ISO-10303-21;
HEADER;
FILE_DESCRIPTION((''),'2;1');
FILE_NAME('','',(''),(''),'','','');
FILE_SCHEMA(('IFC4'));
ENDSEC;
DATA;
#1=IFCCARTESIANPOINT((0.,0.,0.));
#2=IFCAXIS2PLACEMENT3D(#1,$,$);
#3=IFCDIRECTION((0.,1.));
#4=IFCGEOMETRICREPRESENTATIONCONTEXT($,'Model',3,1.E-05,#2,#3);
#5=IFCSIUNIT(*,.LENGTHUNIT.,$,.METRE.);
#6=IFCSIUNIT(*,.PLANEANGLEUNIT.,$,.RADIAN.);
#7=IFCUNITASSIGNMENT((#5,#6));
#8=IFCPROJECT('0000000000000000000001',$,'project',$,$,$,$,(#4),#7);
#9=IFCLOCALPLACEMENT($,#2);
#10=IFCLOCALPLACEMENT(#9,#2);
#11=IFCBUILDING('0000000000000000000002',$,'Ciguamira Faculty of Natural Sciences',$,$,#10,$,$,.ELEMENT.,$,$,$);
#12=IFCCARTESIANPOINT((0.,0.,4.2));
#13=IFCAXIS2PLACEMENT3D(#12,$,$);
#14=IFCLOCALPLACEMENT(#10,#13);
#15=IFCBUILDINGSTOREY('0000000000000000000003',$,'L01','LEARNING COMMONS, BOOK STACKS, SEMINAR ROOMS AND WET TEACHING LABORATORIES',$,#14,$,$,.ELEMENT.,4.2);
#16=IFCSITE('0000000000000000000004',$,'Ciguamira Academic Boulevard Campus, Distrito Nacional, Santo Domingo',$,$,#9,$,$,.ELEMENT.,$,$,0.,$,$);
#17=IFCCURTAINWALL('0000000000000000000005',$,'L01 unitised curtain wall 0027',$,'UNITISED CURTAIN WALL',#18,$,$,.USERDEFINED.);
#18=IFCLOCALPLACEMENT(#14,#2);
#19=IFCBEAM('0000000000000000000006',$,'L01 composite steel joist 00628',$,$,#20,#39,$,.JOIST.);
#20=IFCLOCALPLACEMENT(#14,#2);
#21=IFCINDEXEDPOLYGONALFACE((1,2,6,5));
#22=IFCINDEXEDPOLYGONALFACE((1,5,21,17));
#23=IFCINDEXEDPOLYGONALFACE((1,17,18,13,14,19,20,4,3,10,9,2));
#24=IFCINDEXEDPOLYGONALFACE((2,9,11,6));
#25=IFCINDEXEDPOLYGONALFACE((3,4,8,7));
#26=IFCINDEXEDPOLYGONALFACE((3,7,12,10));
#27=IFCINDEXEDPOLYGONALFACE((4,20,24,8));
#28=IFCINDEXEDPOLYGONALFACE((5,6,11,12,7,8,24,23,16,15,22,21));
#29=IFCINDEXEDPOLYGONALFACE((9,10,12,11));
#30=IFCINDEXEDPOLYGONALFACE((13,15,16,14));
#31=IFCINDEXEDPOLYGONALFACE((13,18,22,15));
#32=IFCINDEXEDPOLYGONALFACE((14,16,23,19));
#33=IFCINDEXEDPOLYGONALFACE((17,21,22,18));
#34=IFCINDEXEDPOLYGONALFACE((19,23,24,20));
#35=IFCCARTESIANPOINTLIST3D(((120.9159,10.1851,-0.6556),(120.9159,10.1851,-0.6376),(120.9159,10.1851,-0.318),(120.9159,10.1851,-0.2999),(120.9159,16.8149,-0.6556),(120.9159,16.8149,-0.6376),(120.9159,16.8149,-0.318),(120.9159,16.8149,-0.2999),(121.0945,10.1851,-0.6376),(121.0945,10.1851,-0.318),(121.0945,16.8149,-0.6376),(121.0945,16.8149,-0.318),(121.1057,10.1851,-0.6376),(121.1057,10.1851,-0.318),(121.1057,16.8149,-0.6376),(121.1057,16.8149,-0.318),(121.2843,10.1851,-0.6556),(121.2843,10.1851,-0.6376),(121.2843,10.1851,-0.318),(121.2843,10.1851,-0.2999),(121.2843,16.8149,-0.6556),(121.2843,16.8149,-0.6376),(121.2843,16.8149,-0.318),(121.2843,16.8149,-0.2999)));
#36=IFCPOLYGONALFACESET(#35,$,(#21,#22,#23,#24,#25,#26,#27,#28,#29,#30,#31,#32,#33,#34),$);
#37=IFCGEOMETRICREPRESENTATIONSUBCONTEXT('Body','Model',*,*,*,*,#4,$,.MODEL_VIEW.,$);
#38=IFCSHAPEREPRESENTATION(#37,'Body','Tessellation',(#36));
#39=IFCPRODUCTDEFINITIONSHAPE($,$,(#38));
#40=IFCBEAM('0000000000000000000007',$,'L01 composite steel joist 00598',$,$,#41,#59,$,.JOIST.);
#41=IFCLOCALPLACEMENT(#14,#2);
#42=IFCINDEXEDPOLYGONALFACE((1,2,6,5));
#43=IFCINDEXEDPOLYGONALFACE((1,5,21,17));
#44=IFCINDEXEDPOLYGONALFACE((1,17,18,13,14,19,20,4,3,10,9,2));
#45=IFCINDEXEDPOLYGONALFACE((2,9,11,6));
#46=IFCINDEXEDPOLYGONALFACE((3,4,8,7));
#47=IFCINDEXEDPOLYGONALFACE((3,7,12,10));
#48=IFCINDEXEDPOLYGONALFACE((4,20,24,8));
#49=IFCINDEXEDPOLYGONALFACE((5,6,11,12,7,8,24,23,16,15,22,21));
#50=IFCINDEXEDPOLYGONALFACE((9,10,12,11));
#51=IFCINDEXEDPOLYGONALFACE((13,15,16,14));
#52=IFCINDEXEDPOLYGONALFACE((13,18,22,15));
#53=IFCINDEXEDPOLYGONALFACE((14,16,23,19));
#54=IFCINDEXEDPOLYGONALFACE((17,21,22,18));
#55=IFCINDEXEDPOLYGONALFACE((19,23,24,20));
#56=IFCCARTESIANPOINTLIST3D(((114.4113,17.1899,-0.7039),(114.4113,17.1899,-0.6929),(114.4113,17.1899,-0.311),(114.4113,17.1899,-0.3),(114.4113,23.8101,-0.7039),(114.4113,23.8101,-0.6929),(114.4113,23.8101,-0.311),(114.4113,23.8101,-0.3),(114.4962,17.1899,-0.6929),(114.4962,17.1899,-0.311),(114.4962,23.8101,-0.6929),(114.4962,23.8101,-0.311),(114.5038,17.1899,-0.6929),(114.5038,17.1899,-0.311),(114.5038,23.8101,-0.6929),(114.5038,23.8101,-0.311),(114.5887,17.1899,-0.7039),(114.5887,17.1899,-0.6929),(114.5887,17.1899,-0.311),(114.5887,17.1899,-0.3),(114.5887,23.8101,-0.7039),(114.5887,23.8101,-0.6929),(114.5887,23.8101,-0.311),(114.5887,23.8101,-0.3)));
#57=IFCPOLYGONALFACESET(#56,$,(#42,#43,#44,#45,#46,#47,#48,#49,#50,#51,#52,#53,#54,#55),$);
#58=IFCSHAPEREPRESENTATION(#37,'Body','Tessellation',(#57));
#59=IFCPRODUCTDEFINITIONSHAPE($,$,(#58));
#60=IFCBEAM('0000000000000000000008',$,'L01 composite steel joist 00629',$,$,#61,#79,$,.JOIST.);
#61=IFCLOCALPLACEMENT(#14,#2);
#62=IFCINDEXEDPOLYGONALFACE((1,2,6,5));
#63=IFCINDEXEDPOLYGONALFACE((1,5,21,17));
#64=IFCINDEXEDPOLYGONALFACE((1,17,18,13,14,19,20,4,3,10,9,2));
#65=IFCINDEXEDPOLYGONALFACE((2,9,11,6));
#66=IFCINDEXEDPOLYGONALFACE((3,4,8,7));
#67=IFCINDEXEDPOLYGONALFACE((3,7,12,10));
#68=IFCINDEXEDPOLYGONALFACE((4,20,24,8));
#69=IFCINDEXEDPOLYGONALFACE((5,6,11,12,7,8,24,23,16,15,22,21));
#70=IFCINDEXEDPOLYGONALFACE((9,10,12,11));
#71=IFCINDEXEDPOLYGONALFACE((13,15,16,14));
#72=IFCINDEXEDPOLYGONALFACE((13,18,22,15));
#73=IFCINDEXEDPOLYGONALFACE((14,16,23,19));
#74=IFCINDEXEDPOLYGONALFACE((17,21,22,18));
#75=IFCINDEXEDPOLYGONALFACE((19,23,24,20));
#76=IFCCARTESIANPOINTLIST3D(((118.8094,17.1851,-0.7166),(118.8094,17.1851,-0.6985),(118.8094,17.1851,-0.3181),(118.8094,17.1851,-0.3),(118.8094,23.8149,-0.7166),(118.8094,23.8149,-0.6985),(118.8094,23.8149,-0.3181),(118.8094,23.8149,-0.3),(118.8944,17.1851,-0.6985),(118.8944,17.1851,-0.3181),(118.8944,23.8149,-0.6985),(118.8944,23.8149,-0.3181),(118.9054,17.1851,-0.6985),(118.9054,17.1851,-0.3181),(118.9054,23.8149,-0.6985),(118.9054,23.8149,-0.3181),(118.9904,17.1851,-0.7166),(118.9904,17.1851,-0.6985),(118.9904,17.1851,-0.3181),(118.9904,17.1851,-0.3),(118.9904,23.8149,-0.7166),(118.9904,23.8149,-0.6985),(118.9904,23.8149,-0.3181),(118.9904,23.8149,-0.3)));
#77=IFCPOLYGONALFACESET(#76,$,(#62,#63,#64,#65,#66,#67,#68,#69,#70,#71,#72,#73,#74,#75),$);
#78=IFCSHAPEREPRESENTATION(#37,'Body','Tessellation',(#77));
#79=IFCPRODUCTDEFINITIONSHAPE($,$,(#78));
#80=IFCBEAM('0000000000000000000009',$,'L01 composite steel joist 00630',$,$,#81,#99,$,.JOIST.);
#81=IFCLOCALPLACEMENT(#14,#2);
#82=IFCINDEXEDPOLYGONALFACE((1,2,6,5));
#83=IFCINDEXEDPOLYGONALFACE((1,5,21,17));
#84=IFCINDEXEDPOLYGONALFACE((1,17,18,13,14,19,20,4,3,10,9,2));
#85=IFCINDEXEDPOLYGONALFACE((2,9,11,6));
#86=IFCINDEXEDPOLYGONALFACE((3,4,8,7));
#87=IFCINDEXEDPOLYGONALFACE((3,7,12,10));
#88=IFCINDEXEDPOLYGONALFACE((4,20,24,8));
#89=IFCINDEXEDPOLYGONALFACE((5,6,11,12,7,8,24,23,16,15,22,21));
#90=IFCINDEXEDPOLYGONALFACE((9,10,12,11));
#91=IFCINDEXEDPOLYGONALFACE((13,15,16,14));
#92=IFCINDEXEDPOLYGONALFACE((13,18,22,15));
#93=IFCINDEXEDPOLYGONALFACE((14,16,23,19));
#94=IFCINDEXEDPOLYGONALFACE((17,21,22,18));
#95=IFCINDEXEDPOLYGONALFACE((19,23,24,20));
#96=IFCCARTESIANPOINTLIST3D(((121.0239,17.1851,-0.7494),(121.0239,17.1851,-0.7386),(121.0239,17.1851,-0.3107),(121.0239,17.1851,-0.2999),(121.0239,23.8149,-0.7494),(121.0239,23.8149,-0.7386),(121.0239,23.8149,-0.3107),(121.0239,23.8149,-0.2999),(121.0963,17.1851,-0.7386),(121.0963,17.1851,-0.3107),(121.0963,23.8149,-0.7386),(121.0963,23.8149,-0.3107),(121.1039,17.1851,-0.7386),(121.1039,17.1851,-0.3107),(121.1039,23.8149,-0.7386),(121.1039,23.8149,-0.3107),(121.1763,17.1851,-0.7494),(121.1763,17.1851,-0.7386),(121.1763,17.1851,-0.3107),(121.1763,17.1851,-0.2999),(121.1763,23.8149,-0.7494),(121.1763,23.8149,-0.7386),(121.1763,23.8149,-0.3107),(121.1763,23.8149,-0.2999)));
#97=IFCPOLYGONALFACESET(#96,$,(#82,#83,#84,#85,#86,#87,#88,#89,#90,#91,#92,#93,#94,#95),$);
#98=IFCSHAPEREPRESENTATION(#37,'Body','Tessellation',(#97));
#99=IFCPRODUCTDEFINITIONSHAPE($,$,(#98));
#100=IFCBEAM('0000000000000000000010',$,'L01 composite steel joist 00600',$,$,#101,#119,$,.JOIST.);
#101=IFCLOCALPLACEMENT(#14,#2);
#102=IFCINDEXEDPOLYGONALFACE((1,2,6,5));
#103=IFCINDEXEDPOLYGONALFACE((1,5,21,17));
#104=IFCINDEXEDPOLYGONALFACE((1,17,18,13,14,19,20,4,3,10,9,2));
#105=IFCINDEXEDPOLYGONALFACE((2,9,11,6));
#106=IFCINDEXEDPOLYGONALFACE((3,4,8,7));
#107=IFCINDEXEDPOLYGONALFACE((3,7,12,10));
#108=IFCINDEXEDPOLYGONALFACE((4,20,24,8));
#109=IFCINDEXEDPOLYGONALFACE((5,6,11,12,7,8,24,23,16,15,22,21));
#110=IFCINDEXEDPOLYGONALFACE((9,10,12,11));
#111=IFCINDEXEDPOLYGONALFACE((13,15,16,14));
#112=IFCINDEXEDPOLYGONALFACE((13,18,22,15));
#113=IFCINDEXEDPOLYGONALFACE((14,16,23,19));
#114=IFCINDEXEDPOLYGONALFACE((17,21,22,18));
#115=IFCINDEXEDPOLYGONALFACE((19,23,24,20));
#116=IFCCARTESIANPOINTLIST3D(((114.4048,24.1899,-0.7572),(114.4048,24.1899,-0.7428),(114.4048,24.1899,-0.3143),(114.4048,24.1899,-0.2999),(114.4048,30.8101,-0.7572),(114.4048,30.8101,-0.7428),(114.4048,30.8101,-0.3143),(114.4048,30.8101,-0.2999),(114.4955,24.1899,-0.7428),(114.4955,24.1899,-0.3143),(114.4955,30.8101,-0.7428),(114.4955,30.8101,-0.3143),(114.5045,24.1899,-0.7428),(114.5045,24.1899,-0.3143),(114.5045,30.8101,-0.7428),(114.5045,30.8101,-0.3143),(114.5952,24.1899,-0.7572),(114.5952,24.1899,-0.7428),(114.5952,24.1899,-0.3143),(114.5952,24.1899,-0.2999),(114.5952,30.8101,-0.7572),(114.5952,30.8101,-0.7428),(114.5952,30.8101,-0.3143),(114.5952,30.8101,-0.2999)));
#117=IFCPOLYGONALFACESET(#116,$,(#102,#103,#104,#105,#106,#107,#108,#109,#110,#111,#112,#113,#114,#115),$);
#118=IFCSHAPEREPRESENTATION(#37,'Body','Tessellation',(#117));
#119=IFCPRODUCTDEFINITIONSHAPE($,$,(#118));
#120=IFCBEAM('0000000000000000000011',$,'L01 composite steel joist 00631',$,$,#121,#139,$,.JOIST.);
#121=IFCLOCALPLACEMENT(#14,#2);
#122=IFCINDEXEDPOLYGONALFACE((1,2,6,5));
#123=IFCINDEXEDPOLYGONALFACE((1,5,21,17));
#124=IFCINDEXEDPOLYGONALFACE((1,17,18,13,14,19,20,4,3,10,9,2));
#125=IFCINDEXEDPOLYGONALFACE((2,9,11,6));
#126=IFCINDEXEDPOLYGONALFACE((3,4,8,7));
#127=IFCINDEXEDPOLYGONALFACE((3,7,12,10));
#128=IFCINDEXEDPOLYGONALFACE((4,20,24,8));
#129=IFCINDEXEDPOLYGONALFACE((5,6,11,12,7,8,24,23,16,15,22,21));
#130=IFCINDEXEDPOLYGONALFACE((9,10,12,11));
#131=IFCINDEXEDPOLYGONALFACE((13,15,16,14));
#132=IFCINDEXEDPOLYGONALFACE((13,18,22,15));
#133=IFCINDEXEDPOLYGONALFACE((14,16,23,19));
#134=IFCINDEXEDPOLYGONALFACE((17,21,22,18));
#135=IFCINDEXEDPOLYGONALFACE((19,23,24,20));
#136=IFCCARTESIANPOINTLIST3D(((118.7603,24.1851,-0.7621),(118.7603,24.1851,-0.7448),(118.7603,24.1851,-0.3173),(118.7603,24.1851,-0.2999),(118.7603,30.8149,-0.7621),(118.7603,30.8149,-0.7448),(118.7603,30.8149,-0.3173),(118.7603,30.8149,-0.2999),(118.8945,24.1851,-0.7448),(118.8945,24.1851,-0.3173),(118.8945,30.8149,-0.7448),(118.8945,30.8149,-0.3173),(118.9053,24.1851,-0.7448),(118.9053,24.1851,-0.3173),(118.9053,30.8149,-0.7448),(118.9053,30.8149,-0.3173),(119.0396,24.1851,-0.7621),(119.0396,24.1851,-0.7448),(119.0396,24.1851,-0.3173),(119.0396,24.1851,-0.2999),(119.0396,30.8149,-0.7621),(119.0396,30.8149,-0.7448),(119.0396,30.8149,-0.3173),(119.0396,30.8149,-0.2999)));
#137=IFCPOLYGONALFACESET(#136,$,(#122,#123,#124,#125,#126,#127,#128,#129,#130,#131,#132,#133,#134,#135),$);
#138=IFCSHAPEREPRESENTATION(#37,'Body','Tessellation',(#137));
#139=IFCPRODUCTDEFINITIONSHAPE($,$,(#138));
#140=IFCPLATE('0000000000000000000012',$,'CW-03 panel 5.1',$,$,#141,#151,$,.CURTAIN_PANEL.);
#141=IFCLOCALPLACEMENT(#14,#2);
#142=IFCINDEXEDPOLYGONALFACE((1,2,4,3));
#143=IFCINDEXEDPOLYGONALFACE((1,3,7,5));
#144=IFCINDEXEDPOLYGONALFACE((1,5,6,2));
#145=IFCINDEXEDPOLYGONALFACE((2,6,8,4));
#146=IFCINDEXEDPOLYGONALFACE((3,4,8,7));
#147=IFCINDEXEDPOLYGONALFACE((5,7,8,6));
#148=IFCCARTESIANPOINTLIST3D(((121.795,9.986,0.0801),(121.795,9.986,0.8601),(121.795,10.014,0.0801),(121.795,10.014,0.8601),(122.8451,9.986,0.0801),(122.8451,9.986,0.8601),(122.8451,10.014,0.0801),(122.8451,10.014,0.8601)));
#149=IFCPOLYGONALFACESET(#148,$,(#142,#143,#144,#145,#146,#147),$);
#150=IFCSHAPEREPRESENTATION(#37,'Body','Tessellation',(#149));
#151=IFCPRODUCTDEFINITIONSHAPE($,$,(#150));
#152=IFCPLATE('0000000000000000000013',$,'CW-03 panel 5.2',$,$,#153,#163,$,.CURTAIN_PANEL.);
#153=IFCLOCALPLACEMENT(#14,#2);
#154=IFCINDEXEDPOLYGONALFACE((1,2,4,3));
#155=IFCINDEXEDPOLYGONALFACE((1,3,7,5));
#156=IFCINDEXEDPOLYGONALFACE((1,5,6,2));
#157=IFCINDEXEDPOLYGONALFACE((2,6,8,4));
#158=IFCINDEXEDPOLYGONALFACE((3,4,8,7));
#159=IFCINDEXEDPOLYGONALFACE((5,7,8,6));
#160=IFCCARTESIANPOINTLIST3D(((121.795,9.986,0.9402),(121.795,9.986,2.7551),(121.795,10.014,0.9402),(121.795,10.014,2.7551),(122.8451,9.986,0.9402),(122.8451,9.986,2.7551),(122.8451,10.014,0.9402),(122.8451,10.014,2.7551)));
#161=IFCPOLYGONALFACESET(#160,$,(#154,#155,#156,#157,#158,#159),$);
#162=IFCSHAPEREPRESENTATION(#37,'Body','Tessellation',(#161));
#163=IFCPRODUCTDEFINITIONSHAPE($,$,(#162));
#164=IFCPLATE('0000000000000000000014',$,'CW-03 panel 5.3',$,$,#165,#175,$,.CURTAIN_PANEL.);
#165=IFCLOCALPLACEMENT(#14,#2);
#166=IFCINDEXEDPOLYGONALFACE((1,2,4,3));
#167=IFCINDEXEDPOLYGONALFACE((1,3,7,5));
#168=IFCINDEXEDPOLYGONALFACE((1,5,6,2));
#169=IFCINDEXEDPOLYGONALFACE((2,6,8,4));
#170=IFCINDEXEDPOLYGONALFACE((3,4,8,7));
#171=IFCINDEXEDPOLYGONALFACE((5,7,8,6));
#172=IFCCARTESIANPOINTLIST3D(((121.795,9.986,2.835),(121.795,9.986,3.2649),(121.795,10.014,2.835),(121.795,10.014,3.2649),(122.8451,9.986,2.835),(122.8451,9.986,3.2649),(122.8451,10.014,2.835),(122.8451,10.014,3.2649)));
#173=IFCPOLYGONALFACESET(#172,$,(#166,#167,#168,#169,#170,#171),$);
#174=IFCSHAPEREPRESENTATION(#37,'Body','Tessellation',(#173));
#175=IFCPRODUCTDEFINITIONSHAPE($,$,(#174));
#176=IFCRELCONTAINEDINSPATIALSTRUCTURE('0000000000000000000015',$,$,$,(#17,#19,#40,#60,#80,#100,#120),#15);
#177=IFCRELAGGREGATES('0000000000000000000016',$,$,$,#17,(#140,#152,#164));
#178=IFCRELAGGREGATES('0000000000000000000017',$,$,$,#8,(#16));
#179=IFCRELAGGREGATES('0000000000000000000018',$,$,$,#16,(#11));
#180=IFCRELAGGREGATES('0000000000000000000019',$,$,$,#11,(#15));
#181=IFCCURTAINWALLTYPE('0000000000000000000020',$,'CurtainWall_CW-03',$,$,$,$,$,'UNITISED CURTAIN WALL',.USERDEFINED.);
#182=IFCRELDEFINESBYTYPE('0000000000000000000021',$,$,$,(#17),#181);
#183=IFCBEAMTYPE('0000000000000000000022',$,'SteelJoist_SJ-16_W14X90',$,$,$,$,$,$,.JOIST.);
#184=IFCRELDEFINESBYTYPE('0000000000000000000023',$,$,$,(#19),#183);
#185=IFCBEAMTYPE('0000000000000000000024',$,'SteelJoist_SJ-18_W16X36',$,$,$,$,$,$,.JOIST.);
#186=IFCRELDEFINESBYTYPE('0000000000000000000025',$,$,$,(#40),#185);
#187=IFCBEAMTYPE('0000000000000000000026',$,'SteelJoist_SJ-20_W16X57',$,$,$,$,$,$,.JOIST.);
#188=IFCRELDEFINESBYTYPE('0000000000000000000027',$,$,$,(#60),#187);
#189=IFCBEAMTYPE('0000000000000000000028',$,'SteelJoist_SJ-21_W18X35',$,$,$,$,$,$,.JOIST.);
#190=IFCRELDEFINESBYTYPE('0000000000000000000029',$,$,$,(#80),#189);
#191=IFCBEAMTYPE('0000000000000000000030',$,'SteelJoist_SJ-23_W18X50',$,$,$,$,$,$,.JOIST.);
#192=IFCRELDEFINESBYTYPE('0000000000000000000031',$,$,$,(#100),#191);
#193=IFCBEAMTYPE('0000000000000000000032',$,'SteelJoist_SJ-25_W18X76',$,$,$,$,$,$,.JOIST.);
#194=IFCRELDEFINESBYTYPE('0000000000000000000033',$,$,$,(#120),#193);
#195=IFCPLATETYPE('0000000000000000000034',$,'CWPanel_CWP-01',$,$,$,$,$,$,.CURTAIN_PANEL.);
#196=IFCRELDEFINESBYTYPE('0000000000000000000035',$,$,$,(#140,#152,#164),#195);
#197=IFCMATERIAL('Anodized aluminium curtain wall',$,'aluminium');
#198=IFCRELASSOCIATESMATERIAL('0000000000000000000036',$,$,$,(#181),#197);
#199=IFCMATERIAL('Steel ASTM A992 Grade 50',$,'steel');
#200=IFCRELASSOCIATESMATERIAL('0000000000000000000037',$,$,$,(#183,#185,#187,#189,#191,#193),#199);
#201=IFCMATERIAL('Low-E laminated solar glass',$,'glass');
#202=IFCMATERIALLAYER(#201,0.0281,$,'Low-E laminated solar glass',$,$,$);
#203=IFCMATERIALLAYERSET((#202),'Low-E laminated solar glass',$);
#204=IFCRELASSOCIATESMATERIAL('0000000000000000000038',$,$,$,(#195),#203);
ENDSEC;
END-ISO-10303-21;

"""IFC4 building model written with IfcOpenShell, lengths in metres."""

from ifc_helpers import new_model, si_unit, direction, frame, origin, origin_2d, place, context, subcontext, project, spatial, rectangle, i_section, extrude, material, layer, layer_set, material_profile, profile_set, type_object, element, aggregate, save


model = new_model("IFC4")

# Units and contexts
model_context = context("Model", 3, precision=1e-05, world=origin(), true_north=direction((0.0, 1.0)))
body_context = subcontext(model_context, "Body", "Model", "MODEL_VIEW")
ifc_project = project(units=[si_unit("LENGTHUNIT", "METRE"), si_unit("PLANEANGLEUNIT", "RADIAN")], contexts=[model_context])

# Site, building, storey
site_placement = place(None, origin())
site = spatial("IfcSite", under=ifc_project, at=site_placement, Name="Ciguamira Academic Boulevard Campus, Distrito Nacional, Santo Domingo", CompositionType="ELEMENT", RefElevation=0.0)
building_placement = place(site_placement, origin())
building = spatial("IfcBuilding", under=site, at=building_placement, Name="Ciguamira Faculty of Natural Sciences", CompositionType="ELEMENT")
storey_placement = place(building_placement, frame((0.0, 0.0, 4.2)))
storey = spatial("IfcBuildingStorey", under=building, at=storey_placement, Name="L01", Description="LEARNING COMMONS, BOOK STACKS, SEMINAR ROOMS AND WET TEACHING LABORATORIES", CompositionType="ELEMENT", Elevation=4.2)

# Shared definitions
ifc_material_1 = material(Name="Anodized aluminium curtain wall", Category="aluminium")

# Curtain wall
curtain_wall_type_1 = type_object("IfcCurtainWallType", Name="CurtainWall_CW-03", ElementType="UNITISED CURTAIN WALL", PredefinedType="USERDEFINED", material=ifc_material_1)
curtain_wall_1_placement = place(storey_placement, origin())
curtain_wall_1 = element("IfcCurtainWall", 1, at=curtain_wall_1_placement, inside=storey, type_object=curtain_wall_type_1, Name="L01 unitised curtain wall 0027", ObjectType="UNITISED CURTAIN WALL", PredefinedType="USERDEFINED")

# Beams
ifc_material_2 = material(Name="Steel ASTM A992 Grade 50", Category="steel")
ifc_material_profile_1 = material_profile(ifc_material_2, i_section(OverallWidth=0.3684, OverallDepth=0.3557, WebThickness=0.0112, FlangeThickness=0.0181, at=origin_2d()), Name="W14X90")
ifc_profile_set_1 = profile_set([ifc_material_profile_1], Name="Steel ASTM A992 Grade 50")
beam_type_1 = type_object("IfcBeamType", Name="SteelJoist_SJ-16_W14X90", PredefinedType="JOIST", material=ifc_profile_set_1)
beam_1_placement = place(storey_placement, frame((121.1001, 10.1851, -0.4778), z_axis=(0.0, 1.0, 0.0), x_axis=(-1.0, 0.0, 0.0)))
element("IfcBeam", 2, at=beam_1_placement, inside=storey, type_object=beam_type_1, Name="L01 composite steel joist 00628", PredefinedType="JOIST", context=body_context, shape_type="SweptSolid", body=[
    extrude(i_section(OverallWidth=0.3684, OverallDepth=0.3557, WebThickness=0.0112, FlangeThickness=0.0181, at=origin_2d()), origin(), (0.0, 0.0, 1.0), 6.6299),
])
ifc_material_profile_2 = material_profile(ifc_material_2, i_section(OverallWidth=0.1775, OverallDepth=0.4038, WebThickness=0.0076, FlangeThickness=0.011, at=origin_2d()), Name="W16X36")
ifc_profile_set_2 = profile_set([ifc_material_profile_2], Name="Steel ASTM A992 Grade 50")
beam_type_2 = type_object("IfcBeamType", Name="SteelJoist_SJ-18_W16X36", PredefinedType="JOIST", material=ifc_profile_set_2)
beam_2_placement = place(storey_placement, frame((114.5, 17.1899, -0.502), z_axis=(0.0, 1.0, 0.0), x_axis=(-1.0, 0.0, 0.0)))
element("IfcBeam", 3, at=beam_2_placement, inside=storey, type_object=beam_type_2, Name="L01 composite steel joist 00598", PredefinedType="JOIST", context=body_context, shape_type="SweptSolid", body=[
    extrude(i_section(OverallWidth=0.1775, OverallDepth=0.4038, WebThickness=0.0076, FlangeThickness=0.011, at=origin_2d()), origin(), (0.0, 0.0, 1.0), 6.6201),
])
ifc_material_profile_3 = material_profile(ifc_material_2, i_section(OverallWidth=0.1809, OverallDepth=0.4165, WebThickness=0.011, FlangeThickness=0.0181, at=origin_2d()), Name="W16X57")
ifc_profile_set_3 = profile_set([ifc_material_profile_3], Name="Steel ASTM A992 Grade 50")
beam_type_3 = type_object("IfcBeamType", Name="SteelJoist_SJ-20_W16X57", PredefinedType="JOIST", material=ifc_profile_set_3)
beam_3_placement = place(storey_placement, frame((118.8999, 17.1851, -0.5083), z_axis=(0.0, 1.0, 0.0), x_axis=(-1.0, 0.0, 0.0)))
element("IfcBeam", 4, at=beam_3_placement, inside=storey, type_object=beam_type_3, Name="L01 composite steel joist 00629", PredefinedType="JOIST", context=body_context, shape_type="SweptSolid", body=[
    extrude(i_section(OverallWidth=0.1809, OverallDepth=0.4165, WebThickness=0.011, FlangeThickness=0.0181, at=origin_2d()), origin(), (0.0, 0.0, 1.0), 6.6299),
])
ifc_material_profile_4 = material_profile(ifc_material_2, i_section(OverallWidth=0.1523, OverallDepth=0.4495, WebThickness=0.0076, FlangeThickness=0.0107, at=origin_2d()), Name="W18X35")
ifc_profile_set_4 = profile_set([ifc_material_profile_4], Name="Steel ASTM A992 Grade 50")
beam_type_4 = type_object("IfcBeamType", Name="SteelJoist_SJ-21_W18X35", PredefinedType="JOIST", material=ifc_profile_set_4)
beam_4_placement = place(storey_placement, frame((121.1001, 17.1851, -0.5247), z_axis=(0.0, 1.0, 0.0), x_axis=(-1.0, 0.0, 0.0)))
element("IfcBeam", 5, at=beam_4_placement, inside=storey, type_object=beam_type_4, Name="L01 composite steel joist 00630", PredefinedType="JOIST", context=body_context, shape_type="SweptSolid", body=[
    extrude(i_section(OverallWidth=0.1523, OverallDepth=0.4495, WebThickness=0.0076, FlangeThickness=0.0107, at=origin_2d()), origin(), (0.0, 0.0, 1.0), 6.6299),
])
ifc_material_profile_5 = material_profile(ifc_material_2, i_section(OverallWidth=0.1904, OverallDepth=0.4573, WebThickness=0.009, FlangeThickness=0.0144, at=origin_2d()), Name="W18X50")
ifc_profile_set_5 = profile_set([ifc_material_profile_5], Name="Steel ASTM A992 Grade 50")
beam_type_5 = type_object("IfcBeamType", Name="SteelJoist_SJ-23_W18X50", PredefinedType="JOIST", material=ifc_profile_set_5)
beam_5_placement = place(storey_placement, frame((114.5, 24.1899, -0.5286), z_axis=(0.0, 1.0, 0.0), x_axis=(-1.0, 0.0, 0.0)))
element("IfcBeam", 6, at=beam_5_placement, inside=storey, type_object=beam_type_5, Name="L01 composite steel joist 00600", PredefinedType="JOIST", context=body_context, shape_type="SweptSolid", body=[
    extrude(i_section(OverallWidth=0.1904, OverallDepth=0.4573, WebThickness=0.009, FlangeThickness=0.0144, at=origin_2d()), origin(), (0.0, 0.0, 1.0), 6.6201),
])
ifc_material_profile_6 = material_profile(ifc_material_2, i_section(OverallWidth=0.2793, OverallDepth=0.4622, WebThickness=0.0107, FlangeThickness=0.0173, at=origin_2d()), Name="W18X76")
ifc_profile_set_6 = profile_set([ifc_material_profile_6], Name="Steel ASTM A992 Grade 50")
beam_type_6 = type_object("IfcBeamType", Name="SteelJoist_SJ-25_W18X76", PredefinedType="JOIST", material=ifc_profile_set_6)
beam_6_placement = place(storey_placement, frame((118.8999, 24.1851, -0.531), z_axis=(0.0, 1.0, 0.0), x_axis=(-1.0, 0.0, 0.0)))
element("IfcBeam", 7, at=beam_6_placement, inside=storey, type_object=beam_type_6, Name="L01 composite steel joist 00631", PredefinedType="JOIST", context=body_context, shape_type="SweptSolid", body=[
    extrude(i_section(OverallWidth=0.2793, OverallDepth=0.4622, WebThickness=0.0107, FlangeThickness=0.0173, at=origin_2d()), origin(), (0.0, 0.0, 1.0), 6.6299),
])

# Plates
ifc_material_3 = material(Name="Low-E laminated solar glass", Category="glass")
ifc_layer_1 = layer(ifc_material_3, 0.0281, Name="Low-E laminated solar glass")
ifc_layer_set_1 = layer_set([ifc_layer_1], Name="Low-E laminated solar glass")
plate_type_1 = type_object("IfcPlateType", Name="CWPanel_CWP-01", PredefinedType="CURTAIN_PANEL", material=ifc_layer_set_1)
plate_1_placement = place(storey_placement, frame((122.3201, 10.0, 0.0801), z_axis=(0.0, 0.0, 1.0), x_axis=(1.0, 0.0, 0.0)))
plate_1 = element("IfcPlate", 8, at=plate_1_placement, type_object=plate_type_1, Name="CW-03 panel 5.1", PredefinedType="CURTAIN_PANEL", context=body_context, shape_type="SweptSolid", body=[
    extrude(rectangle(XDim=1.05, YDim=0.0281, at=origin_2d()), origin(), (0.0, 0.0, 1.0), 0.78),
])
plate_2_placement = place(storey_placement, frame((122.3201, 10.0, 0.9402), z_axis=(0.0, 0.0, 1.0), x_axis=(1.0, 0.0, 0.0)))
plate_2 = element("IfcPlate", 9, at=plate_2_placement, type_object=plate_type_1, Name="CW-03 panel 5.2", PredefinedType="CURTAIN_PANEL", context=body_context, shape_type="SweptSolid", body=[
    extrude(rectangle(XDim=1.05, YDim=0.0281, at=origin_2d()), origin(), (0.0, 0.0, 1.0), 1.8149),
])
plate_3_placement = place(storey_placement, frame((122.3201, 10.0, 2.835), z_axis=(0.0, 0.0, 1.0), x_axis=(1.0, 0.0, 0.0)))
plate_3 = element("IfcPlate", 10, at=plate_3_placement, type_object=plate_type_1, Name="CW-03 panel 5.3", PredefinedType="CURTAIN_PANEL", context=body_context, shape_type="SweptSolid", body=[
    extrude(rectangle(XDim=1.05, YDim=0.0281, at=origin_2d()), origin(), (0.0, 0.0, 1.0), 0.4299),
])
aggregate(curtain_wall_1, [plate_1, plate_2, plate_3])

save(model, "model.ifc")
